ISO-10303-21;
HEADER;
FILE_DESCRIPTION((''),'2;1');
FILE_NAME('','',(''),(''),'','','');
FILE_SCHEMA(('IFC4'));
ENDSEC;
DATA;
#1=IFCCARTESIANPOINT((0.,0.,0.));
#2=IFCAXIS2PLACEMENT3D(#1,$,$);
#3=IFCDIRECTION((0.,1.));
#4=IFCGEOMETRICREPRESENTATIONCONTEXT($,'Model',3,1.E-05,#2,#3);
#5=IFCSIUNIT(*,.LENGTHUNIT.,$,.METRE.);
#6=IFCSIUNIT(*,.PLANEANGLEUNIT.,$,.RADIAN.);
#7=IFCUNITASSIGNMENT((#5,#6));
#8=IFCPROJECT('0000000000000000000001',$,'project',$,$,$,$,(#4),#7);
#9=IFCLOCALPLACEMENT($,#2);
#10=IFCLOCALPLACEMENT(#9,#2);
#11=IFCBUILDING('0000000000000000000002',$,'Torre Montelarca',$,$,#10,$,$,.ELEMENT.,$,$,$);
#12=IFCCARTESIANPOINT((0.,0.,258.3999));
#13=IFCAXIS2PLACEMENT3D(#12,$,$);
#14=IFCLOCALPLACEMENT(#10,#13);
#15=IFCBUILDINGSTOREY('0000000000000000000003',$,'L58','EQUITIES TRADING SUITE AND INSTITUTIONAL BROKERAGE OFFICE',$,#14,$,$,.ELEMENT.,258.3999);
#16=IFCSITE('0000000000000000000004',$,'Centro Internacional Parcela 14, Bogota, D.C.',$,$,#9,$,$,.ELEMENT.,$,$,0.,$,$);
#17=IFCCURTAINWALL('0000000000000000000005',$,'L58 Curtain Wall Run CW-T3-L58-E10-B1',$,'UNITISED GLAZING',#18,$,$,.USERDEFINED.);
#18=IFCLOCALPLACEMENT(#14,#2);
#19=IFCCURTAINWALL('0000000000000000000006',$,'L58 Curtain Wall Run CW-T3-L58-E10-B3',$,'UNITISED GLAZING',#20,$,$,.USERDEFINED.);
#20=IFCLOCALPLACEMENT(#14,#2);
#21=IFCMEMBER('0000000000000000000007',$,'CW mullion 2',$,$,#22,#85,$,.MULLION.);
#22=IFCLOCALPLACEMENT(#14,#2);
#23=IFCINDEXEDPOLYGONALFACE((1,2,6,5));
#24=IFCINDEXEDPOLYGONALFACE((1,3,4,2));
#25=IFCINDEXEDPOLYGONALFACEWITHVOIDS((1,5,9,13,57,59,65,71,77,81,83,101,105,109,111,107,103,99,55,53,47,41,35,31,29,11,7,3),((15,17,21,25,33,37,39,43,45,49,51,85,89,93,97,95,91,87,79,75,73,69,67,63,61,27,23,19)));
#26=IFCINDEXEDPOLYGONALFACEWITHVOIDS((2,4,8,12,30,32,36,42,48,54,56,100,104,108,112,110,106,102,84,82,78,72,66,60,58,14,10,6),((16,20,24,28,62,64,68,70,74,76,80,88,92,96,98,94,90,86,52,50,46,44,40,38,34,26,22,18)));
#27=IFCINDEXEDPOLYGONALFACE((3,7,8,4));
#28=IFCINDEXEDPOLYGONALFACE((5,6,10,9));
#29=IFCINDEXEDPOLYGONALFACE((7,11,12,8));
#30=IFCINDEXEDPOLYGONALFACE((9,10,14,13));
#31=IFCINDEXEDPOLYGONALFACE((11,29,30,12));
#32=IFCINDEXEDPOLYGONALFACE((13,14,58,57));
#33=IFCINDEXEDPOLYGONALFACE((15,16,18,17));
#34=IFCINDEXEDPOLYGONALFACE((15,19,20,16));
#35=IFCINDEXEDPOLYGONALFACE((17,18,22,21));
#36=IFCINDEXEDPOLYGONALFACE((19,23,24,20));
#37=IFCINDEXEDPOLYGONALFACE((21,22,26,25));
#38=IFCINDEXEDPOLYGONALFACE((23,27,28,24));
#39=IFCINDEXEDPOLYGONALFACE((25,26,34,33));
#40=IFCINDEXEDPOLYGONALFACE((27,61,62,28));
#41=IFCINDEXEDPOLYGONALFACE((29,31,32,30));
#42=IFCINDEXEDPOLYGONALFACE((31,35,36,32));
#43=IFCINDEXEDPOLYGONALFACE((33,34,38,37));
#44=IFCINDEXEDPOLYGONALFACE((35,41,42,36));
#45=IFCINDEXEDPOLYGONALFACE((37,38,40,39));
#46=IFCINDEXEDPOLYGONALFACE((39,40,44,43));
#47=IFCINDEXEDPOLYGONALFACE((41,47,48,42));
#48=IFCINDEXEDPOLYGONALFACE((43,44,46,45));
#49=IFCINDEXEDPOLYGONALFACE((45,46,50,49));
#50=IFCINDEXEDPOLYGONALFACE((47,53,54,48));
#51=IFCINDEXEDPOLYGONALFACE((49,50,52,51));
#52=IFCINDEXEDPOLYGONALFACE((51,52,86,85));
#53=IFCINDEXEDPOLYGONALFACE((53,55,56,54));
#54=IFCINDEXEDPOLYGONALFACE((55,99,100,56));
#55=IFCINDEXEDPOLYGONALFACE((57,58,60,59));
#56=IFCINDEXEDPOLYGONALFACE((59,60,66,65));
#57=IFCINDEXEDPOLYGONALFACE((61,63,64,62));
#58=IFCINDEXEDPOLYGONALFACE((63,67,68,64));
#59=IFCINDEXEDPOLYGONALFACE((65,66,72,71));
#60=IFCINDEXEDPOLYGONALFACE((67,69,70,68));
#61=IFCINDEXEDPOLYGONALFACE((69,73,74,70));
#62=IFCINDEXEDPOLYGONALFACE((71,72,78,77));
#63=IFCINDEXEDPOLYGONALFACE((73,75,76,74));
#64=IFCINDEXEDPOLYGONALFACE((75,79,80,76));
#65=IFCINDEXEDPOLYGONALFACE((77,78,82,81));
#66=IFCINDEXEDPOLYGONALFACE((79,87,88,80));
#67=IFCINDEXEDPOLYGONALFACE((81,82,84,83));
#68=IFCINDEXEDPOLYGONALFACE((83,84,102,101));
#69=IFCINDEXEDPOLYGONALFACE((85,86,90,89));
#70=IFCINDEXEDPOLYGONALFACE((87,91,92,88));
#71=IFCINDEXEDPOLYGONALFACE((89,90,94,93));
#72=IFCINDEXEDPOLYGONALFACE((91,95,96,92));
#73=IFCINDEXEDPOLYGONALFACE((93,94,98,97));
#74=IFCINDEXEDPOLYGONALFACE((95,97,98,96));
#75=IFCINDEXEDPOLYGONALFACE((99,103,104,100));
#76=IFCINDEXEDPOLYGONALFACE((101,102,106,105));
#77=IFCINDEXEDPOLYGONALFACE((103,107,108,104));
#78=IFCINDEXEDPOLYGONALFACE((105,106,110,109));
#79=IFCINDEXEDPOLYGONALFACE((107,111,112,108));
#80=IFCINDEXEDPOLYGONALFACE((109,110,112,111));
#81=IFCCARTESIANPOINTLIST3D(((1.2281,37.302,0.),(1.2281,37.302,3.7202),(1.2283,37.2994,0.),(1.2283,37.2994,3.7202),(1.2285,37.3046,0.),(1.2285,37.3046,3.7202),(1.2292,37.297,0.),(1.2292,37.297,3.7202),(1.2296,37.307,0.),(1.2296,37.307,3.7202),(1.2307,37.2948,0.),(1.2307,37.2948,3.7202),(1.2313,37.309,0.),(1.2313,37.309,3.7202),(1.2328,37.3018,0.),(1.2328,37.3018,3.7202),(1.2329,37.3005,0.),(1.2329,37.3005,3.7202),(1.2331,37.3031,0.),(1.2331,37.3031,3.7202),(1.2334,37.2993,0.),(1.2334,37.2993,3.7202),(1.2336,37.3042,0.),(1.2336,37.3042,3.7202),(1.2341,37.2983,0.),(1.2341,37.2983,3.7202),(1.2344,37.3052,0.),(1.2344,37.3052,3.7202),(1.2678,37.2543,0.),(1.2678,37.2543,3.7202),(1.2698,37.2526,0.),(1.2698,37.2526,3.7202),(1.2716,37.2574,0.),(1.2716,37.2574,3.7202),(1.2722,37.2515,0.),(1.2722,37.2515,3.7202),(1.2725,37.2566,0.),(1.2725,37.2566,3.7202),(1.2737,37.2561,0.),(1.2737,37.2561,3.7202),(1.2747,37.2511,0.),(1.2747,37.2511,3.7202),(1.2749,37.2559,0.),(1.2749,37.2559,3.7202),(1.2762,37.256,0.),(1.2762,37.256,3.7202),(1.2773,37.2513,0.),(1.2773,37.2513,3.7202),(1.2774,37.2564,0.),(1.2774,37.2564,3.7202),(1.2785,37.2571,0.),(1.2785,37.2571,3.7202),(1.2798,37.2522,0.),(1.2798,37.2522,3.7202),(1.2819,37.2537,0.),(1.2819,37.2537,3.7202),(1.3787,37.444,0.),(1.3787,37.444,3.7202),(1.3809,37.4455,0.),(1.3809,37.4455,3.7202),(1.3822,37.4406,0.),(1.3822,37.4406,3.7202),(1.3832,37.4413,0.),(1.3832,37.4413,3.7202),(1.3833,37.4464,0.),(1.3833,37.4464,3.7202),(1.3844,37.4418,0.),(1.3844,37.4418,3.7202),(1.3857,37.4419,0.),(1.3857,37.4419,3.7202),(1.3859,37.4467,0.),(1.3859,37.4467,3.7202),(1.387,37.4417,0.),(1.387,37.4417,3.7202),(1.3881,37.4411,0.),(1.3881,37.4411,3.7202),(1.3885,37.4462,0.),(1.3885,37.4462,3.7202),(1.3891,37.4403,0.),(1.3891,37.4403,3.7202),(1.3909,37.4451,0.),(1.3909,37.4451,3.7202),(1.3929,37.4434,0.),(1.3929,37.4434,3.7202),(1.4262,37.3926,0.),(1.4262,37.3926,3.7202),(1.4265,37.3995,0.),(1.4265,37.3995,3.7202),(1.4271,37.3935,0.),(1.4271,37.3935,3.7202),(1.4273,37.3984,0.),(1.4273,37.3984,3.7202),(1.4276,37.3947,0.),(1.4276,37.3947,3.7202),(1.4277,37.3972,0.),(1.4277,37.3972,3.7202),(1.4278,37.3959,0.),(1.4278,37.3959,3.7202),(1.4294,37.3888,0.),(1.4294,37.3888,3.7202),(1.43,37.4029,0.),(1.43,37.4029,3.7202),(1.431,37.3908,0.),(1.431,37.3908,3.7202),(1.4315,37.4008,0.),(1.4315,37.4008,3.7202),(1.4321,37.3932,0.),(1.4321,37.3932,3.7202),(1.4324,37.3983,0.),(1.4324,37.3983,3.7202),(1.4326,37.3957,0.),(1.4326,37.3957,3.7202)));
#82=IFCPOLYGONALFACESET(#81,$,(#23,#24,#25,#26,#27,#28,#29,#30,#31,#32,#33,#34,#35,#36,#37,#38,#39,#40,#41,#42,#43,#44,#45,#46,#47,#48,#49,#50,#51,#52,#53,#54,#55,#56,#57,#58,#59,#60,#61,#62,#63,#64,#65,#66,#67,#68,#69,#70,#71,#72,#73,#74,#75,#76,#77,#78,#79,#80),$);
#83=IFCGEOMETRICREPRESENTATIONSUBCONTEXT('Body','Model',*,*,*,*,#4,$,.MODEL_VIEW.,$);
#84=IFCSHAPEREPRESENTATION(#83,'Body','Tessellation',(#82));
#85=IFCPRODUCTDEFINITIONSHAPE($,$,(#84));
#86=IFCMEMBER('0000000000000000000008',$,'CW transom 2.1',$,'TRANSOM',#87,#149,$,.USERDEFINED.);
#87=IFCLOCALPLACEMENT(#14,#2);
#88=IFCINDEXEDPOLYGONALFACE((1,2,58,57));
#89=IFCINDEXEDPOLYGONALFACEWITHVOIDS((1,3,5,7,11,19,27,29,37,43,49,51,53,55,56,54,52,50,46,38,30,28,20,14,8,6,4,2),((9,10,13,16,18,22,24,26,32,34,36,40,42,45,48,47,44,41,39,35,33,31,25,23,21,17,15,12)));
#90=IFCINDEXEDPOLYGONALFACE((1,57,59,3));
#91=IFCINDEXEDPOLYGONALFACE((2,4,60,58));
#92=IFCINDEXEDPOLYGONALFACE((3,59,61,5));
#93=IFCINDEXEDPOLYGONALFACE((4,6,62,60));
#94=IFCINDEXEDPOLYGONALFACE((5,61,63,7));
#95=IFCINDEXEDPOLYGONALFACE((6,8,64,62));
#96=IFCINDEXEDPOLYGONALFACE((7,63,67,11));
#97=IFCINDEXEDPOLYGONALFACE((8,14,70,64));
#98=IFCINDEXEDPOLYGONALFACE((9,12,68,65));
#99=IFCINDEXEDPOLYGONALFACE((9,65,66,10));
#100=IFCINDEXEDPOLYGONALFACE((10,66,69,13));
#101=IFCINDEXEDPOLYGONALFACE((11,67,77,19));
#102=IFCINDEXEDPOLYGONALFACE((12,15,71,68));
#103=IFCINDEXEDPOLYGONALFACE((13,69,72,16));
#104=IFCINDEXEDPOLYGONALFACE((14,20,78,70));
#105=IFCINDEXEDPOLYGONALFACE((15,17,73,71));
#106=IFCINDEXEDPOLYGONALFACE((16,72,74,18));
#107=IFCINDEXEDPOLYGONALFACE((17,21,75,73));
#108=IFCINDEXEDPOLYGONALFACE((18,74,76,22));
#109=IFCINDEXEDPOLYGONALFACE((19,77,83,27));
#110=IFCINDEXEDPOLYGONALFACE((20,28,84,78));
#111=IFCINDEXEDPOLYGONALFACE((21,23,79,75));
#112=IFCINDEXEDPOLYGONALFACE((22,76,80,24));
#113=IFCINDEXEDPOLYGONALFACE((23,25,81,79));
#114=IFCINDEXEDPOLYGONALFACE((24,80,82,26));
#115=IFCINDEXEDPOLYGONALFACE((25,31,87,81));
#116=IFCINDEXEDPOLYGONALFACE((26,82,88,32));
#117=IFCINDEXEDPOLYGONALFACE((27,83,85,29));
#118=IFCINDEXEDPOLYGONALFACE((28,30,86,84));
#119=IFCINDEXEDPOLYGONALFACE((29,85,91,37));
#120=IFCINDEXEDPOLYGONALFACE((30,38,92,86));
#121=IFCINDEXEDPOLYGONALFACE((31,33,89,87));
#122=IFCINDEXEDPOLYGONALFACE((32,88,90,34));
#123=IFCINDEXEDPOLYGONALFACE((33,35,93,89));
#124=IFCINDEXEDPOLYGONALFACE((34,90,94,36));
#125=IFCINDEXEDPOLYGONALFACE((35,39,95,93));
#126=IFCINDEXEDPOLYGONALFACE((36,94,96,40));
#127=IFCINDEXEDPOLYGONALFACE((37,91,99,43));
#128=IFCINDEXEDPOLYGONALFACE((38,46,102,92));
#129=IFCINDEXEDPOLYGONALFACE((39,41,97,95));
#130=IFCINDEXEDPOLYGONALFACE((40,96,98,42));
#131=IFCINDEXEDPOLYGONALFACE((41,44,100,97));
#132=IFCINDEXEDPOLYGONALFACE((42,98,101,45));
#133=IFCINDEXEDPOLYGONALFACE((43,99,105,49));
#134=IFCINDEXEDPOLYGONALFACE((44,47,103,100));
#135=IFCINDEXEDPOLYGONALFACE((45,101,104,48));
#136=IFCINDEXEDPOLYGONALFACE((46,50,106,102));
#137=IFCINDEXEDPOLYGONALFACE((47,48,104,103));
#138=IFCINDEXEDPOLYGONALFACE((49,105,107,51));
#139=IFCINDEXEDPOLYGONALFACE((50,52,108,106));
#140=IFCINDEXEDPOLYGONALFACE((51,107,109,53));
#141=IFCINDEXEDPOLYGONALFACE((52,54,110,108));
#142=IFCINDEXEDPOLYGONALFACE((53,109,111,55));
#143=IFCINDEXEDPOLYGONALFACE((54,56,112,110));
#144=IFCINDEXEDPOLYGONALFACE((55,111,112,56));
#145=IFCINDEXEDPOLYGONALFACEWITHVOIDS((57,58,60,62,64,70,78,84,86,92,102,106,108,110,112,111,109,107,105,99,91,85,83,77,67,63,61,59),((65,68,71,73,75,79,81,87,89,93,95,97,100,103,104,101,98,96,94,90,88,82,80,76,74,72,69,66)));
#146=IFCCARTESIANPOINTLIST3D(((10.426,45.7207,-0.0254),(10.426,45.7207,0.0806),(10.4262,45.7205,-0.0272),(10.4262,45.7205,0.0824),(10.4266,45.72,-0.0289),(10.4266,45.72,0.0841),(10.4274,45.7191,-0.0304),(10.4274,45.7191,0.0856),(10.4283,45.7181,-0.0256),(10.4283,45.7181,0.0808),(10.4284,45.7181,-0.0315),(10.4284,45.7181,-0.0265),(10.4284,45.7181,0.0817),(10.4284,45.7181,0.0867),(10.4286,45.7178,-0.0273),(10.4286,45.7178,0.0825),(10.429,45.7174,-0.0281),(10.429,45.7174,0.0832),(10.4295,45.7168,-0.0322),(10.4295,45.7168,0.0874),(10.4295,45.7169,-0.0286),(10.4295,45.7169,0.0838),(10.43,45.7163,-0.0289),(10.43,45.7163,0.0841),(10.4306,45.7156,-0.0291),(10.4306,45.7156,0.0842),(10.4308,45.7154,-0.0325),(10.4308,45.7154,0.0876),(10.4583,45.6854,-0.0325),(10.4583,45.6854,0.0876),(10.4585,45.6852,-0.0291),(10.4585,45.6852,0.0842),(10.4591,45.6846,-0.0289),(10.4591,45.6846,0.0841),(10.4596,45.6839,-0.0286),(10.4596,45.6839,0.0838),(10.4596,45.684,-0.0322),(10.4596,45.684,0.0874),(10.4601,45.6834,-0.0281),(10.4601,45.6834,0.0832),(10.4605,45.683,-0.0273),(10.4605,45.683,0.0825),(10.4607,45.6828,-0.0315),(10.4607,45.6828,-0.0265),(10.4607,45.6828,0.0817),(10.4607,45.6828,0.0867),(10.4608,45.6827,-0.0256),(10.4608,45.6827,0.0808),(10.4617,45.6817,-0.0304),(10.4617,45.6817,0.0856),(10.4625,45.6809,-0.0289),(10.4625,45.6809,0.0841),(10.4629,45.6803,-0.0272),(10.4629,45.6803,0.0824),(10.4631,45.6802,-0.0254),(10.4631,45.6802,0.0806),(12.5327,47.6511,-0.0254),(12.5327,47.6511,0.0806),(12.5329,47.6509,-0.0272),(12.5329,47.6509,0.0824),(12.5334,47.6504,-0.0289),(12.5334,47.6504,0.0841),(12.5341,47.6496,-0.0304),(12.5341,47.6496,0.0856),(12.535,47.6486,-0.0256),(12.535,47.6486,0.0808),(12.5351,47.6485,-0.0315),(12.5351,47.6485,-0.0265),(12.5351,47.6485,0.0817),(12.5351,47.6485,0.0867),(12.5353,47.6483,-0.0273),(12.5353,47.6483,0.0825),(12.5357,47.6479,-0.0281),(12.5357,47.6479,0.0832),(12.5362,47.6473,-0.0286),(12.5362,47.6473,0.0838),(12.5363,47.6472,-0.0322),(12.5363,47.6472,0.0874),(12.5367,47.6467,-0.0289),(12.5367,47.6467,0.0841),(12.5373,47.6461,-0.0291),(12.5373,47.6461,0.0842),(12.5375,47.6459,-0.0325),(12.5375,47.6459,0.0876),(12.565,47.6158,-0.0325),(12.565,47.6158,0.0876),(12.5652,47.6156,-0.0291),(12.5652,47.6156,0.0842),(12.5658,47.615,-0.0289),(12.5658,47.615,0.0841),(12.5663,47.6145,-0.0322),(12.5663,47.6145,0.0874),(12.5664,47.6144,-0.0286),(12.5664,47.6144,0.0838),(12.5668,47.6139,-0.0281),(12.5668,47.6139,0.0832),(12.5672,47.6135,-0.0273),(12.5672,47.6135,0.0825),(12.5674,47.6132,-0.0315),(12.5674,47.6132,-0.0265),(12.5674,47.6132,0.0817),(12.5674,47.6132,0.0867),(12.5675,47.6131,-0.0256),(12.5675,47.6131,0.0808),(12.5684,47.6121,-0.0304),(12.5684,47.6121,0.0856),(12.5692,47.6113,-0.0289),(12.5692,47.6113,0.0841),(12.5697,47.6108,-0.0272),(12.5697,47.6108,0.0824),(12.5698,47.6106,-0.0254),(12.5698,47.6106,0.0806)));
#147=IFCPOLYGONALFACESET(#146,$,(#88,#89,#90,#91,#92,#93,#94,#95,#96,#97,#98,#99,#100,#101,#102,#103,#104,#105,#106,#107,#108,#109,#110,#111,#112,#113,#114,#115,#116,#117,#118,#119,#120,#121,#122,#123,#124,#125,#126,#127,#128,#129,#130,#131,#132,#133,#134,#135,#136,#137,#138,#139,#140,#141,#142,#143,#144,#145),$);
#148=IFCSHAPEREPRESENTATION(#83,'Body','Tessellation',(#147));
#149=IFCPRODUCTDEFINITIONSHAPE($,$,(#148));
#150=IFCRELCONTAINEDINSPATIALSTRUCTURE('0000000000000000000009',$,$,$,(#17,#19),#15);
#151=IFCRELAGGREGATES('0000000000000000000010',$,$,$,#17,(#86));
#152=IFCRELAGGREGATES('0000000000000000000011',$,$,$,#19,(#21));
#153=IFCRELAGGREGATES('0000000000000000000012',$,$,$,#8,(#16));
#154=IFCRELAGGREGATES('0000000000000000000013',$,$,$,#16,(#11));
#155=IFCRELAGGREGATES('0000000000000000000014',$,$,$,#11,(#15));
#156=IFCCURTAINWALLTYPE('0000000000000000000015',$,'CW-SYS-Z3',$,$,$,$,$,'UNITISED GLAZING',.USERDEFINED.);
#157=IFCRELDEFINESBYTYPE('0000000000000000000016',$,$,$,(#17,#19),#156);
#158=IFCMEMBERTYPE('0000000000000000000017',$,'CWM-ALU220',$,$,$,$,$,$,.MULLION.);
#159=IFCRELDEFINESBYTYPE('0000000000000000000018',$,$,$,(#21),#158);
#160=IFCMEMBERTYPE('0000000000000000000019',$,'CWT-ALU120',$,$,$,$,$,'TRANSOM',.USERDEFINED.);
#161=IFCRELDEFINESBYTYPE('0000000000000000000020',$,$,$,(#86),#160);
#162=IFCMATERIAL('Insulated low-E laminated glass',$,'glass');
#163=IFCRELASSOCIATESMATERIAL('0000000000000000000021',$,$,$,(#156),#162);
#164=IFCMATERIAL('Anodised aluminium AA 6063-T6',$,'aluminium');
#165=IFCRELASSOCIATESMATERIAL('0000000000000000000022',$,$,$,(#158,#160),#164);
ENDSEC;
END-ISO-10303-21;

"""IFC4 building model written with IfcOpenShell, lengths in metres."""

from ifc_helpers import new_model, si_unit, direction, frame, origin, origin_2d, place, context, subcontext, project, spatial, hollow_rectangle, extrude, source, transform, mapped, material, material_profile, profile_set, type_object, element, aggregate, save


model = new_model("IFC4")

# Units and contexts
model_context = context("Model", 3, precision=1e-05, world=origin(), true_north=direction((0.0, 1.0)))
body_context = subcontext(model_context, "Body", "Model", "MODEL_VIEW")
ifc_project = project(units=[si_unit("LENGTHUNIT", "METRE"), si_unit("PLANEANGLEUNIT", "RADIAN")], contexts=[model_context])

# Site, building, storey
site_placement = place(None, origin())
site = spatial("IfcSite", under=ifc_project, at=site_placement, Name="Centro Internacional Parcela 14, Bogota, D.C.", CompositionType="ELEMENT", RefElevation=0.0)
building_placement = place(site_placement, origin())
building = spatial("IfcBuilding", under=site, at=building_placement, Name="Torre Montelarca", CompositionType="ELEMENT")
storey_placement = place(building_placement, frame((0.0, 0.0, 258.3999)))
storey = spatial("IfcBuildingStorey", under=building, at=storey_placement, Name="L58", Description="EQUITIES TRADING SUITE AND INSTITUTIONAL BROKERAGE OFFICE", CompositionType="ELEMENT", Elevation=258.3999)

# Curtain wall
ifc_material_1 = material(Name="Insulated low-E laminated glass", Category="glass")
curtain_wall_type = type_object("IfcCurtainWallType", Name="CW-SYS-Z3", ElementType="UNITISED GLAZING", PredefinedType="USERDEFINED", material=ifc_material_1)
curtain_wall_1_placement = place(storey_placement, origin())
curtain_wall_1 = element("IfcCurtainWall", 1, at=curtain_wall_1_placement, inside=storey, type_object=curtain_wall_type, Name="L58 Curtain Wall Run CW-T3-L58-E10-B1", ObjectType="UNITISED GLAZING", PredefinedType="USERDEFINED")
ifc_material_2 = material(Name="Anodised aluminium AA 6063-T6", Category="aluminium")
ifc_material_profile_1 = material_profile(ifc_material_2, hollow_rectangle(XDim=0.075, YDim=0.22, WallThickness=0.0049, InnerFilletRadius=0.0049, OuterFilletRadius=0.01, at=origin_2d()), Name="ALU75X220X5", Category="aluminium")
ifc_profile_set_1 = profile_set([ifc_material_profile_1], Name="Anodised aluminium AA 6063-T6")
member_type_1 = type_object("IfcMemberType", Name="CWM-ALU220", PredefinedType="MULLION", material=ifc_profile_set_1)
shared_shape_1 = source(origin(), body_context, "Body", "SweptSolid", [
    extrude(hollow_rectangle(XDim=0.075, YDim=0.22, WallThickness=0.0049, InnerFilletRadius=0.0049, OuterFilletRadius=0.01, at=origin_2d()), origin(), (0.0, 0.0, 1.0), 3.7202),
])

# Curtain wall, member
curtain_wall_2_placement = place(storey_placement, origin())
curtain_wall_2 = element("IfcCurtainWall", 2, at=curtain_wall_2_placement, inside=storey, type_object=curtain_wall_type, Name="L58 Curtain Wall Run CW-T3-L58-E10-B3", ObjectType="UNITISED GLAZING", PredefinedType="USERDEFINED")
member_1_placement = place(storey_placement, frame((1.3303, 37.3489, 0.0), z_axis=(0.0, 0.0, 1.0), x_axis=(0.675583, -0.737284, 0.0)))
member_1 = element("IfcMember", 3, at=member_1_placement, type_object=member_type_1, Name="CW mullion 2", PredefinedType="MULLION", context=body_context, shape_type="MappedRepresentation", body=[
    mapped(shared_shape_1, transform((0.0, 0.0, 0.0), scale=1.0)),
])

# Member
ifc_material_profile_2 = material_profile(ifc_material_2, hollow_rectangle(XDim=0.0549, YDim=0.1201, WallThickness=0.0034, InnerFilletRadius=0.0034, OuterFilletRadius=0.0071, at=origin_2d()), Name="ALU55X120X3.5", Category="aluminium")
ifc_profile_set_2 = profile_set([ifc_material_profile_2], Name="Anodised aluminium AA 6063-T6")
member_type_2 = type_object("IfcMemberType", Name="CWT-ALU120", ElementType="TRANSOM", PredefinedType="USERDEFINED", material=ifc_profile_set_2)
shared_shape_2 = source(origin(), body_context, "Body", "SweptSolid", [
    extrude(hollow_rectangle(XDim=0.0549, YDim=0.1201, WallThickness=0.0034, InnerFilletRadius=0.0034, OuterFilletRadius=0.0071, at=origin_2d()), origin(), (0.0, 0.0, 1.0), 2.8574),
])
member_2_placement = place(storey_placement, frame((12.5513, 47.6309, 0.0276), z_axis=(-0.737278, -0.675589, 0.0), x_axis=(0.675589, -0.737278, 0.0)))
member_2 = element("IfcMember", 4, at=member_2_placement, type_object=member_type_2, Name="CW transom 2.1", ObjectType="TRANSOM", PredefinedType="USERDEFINED", context=body_context, shape_type="MappedRepresentation", body=[
    mapped(shared_shape_2, transform((0.0, 0.0, 0.0), scale=1.0)),
])

aggregate(curtain_wall_1, [member_2])
aggregate(curtain_wall_2, [member_1])

save(model, "model.ifc")
